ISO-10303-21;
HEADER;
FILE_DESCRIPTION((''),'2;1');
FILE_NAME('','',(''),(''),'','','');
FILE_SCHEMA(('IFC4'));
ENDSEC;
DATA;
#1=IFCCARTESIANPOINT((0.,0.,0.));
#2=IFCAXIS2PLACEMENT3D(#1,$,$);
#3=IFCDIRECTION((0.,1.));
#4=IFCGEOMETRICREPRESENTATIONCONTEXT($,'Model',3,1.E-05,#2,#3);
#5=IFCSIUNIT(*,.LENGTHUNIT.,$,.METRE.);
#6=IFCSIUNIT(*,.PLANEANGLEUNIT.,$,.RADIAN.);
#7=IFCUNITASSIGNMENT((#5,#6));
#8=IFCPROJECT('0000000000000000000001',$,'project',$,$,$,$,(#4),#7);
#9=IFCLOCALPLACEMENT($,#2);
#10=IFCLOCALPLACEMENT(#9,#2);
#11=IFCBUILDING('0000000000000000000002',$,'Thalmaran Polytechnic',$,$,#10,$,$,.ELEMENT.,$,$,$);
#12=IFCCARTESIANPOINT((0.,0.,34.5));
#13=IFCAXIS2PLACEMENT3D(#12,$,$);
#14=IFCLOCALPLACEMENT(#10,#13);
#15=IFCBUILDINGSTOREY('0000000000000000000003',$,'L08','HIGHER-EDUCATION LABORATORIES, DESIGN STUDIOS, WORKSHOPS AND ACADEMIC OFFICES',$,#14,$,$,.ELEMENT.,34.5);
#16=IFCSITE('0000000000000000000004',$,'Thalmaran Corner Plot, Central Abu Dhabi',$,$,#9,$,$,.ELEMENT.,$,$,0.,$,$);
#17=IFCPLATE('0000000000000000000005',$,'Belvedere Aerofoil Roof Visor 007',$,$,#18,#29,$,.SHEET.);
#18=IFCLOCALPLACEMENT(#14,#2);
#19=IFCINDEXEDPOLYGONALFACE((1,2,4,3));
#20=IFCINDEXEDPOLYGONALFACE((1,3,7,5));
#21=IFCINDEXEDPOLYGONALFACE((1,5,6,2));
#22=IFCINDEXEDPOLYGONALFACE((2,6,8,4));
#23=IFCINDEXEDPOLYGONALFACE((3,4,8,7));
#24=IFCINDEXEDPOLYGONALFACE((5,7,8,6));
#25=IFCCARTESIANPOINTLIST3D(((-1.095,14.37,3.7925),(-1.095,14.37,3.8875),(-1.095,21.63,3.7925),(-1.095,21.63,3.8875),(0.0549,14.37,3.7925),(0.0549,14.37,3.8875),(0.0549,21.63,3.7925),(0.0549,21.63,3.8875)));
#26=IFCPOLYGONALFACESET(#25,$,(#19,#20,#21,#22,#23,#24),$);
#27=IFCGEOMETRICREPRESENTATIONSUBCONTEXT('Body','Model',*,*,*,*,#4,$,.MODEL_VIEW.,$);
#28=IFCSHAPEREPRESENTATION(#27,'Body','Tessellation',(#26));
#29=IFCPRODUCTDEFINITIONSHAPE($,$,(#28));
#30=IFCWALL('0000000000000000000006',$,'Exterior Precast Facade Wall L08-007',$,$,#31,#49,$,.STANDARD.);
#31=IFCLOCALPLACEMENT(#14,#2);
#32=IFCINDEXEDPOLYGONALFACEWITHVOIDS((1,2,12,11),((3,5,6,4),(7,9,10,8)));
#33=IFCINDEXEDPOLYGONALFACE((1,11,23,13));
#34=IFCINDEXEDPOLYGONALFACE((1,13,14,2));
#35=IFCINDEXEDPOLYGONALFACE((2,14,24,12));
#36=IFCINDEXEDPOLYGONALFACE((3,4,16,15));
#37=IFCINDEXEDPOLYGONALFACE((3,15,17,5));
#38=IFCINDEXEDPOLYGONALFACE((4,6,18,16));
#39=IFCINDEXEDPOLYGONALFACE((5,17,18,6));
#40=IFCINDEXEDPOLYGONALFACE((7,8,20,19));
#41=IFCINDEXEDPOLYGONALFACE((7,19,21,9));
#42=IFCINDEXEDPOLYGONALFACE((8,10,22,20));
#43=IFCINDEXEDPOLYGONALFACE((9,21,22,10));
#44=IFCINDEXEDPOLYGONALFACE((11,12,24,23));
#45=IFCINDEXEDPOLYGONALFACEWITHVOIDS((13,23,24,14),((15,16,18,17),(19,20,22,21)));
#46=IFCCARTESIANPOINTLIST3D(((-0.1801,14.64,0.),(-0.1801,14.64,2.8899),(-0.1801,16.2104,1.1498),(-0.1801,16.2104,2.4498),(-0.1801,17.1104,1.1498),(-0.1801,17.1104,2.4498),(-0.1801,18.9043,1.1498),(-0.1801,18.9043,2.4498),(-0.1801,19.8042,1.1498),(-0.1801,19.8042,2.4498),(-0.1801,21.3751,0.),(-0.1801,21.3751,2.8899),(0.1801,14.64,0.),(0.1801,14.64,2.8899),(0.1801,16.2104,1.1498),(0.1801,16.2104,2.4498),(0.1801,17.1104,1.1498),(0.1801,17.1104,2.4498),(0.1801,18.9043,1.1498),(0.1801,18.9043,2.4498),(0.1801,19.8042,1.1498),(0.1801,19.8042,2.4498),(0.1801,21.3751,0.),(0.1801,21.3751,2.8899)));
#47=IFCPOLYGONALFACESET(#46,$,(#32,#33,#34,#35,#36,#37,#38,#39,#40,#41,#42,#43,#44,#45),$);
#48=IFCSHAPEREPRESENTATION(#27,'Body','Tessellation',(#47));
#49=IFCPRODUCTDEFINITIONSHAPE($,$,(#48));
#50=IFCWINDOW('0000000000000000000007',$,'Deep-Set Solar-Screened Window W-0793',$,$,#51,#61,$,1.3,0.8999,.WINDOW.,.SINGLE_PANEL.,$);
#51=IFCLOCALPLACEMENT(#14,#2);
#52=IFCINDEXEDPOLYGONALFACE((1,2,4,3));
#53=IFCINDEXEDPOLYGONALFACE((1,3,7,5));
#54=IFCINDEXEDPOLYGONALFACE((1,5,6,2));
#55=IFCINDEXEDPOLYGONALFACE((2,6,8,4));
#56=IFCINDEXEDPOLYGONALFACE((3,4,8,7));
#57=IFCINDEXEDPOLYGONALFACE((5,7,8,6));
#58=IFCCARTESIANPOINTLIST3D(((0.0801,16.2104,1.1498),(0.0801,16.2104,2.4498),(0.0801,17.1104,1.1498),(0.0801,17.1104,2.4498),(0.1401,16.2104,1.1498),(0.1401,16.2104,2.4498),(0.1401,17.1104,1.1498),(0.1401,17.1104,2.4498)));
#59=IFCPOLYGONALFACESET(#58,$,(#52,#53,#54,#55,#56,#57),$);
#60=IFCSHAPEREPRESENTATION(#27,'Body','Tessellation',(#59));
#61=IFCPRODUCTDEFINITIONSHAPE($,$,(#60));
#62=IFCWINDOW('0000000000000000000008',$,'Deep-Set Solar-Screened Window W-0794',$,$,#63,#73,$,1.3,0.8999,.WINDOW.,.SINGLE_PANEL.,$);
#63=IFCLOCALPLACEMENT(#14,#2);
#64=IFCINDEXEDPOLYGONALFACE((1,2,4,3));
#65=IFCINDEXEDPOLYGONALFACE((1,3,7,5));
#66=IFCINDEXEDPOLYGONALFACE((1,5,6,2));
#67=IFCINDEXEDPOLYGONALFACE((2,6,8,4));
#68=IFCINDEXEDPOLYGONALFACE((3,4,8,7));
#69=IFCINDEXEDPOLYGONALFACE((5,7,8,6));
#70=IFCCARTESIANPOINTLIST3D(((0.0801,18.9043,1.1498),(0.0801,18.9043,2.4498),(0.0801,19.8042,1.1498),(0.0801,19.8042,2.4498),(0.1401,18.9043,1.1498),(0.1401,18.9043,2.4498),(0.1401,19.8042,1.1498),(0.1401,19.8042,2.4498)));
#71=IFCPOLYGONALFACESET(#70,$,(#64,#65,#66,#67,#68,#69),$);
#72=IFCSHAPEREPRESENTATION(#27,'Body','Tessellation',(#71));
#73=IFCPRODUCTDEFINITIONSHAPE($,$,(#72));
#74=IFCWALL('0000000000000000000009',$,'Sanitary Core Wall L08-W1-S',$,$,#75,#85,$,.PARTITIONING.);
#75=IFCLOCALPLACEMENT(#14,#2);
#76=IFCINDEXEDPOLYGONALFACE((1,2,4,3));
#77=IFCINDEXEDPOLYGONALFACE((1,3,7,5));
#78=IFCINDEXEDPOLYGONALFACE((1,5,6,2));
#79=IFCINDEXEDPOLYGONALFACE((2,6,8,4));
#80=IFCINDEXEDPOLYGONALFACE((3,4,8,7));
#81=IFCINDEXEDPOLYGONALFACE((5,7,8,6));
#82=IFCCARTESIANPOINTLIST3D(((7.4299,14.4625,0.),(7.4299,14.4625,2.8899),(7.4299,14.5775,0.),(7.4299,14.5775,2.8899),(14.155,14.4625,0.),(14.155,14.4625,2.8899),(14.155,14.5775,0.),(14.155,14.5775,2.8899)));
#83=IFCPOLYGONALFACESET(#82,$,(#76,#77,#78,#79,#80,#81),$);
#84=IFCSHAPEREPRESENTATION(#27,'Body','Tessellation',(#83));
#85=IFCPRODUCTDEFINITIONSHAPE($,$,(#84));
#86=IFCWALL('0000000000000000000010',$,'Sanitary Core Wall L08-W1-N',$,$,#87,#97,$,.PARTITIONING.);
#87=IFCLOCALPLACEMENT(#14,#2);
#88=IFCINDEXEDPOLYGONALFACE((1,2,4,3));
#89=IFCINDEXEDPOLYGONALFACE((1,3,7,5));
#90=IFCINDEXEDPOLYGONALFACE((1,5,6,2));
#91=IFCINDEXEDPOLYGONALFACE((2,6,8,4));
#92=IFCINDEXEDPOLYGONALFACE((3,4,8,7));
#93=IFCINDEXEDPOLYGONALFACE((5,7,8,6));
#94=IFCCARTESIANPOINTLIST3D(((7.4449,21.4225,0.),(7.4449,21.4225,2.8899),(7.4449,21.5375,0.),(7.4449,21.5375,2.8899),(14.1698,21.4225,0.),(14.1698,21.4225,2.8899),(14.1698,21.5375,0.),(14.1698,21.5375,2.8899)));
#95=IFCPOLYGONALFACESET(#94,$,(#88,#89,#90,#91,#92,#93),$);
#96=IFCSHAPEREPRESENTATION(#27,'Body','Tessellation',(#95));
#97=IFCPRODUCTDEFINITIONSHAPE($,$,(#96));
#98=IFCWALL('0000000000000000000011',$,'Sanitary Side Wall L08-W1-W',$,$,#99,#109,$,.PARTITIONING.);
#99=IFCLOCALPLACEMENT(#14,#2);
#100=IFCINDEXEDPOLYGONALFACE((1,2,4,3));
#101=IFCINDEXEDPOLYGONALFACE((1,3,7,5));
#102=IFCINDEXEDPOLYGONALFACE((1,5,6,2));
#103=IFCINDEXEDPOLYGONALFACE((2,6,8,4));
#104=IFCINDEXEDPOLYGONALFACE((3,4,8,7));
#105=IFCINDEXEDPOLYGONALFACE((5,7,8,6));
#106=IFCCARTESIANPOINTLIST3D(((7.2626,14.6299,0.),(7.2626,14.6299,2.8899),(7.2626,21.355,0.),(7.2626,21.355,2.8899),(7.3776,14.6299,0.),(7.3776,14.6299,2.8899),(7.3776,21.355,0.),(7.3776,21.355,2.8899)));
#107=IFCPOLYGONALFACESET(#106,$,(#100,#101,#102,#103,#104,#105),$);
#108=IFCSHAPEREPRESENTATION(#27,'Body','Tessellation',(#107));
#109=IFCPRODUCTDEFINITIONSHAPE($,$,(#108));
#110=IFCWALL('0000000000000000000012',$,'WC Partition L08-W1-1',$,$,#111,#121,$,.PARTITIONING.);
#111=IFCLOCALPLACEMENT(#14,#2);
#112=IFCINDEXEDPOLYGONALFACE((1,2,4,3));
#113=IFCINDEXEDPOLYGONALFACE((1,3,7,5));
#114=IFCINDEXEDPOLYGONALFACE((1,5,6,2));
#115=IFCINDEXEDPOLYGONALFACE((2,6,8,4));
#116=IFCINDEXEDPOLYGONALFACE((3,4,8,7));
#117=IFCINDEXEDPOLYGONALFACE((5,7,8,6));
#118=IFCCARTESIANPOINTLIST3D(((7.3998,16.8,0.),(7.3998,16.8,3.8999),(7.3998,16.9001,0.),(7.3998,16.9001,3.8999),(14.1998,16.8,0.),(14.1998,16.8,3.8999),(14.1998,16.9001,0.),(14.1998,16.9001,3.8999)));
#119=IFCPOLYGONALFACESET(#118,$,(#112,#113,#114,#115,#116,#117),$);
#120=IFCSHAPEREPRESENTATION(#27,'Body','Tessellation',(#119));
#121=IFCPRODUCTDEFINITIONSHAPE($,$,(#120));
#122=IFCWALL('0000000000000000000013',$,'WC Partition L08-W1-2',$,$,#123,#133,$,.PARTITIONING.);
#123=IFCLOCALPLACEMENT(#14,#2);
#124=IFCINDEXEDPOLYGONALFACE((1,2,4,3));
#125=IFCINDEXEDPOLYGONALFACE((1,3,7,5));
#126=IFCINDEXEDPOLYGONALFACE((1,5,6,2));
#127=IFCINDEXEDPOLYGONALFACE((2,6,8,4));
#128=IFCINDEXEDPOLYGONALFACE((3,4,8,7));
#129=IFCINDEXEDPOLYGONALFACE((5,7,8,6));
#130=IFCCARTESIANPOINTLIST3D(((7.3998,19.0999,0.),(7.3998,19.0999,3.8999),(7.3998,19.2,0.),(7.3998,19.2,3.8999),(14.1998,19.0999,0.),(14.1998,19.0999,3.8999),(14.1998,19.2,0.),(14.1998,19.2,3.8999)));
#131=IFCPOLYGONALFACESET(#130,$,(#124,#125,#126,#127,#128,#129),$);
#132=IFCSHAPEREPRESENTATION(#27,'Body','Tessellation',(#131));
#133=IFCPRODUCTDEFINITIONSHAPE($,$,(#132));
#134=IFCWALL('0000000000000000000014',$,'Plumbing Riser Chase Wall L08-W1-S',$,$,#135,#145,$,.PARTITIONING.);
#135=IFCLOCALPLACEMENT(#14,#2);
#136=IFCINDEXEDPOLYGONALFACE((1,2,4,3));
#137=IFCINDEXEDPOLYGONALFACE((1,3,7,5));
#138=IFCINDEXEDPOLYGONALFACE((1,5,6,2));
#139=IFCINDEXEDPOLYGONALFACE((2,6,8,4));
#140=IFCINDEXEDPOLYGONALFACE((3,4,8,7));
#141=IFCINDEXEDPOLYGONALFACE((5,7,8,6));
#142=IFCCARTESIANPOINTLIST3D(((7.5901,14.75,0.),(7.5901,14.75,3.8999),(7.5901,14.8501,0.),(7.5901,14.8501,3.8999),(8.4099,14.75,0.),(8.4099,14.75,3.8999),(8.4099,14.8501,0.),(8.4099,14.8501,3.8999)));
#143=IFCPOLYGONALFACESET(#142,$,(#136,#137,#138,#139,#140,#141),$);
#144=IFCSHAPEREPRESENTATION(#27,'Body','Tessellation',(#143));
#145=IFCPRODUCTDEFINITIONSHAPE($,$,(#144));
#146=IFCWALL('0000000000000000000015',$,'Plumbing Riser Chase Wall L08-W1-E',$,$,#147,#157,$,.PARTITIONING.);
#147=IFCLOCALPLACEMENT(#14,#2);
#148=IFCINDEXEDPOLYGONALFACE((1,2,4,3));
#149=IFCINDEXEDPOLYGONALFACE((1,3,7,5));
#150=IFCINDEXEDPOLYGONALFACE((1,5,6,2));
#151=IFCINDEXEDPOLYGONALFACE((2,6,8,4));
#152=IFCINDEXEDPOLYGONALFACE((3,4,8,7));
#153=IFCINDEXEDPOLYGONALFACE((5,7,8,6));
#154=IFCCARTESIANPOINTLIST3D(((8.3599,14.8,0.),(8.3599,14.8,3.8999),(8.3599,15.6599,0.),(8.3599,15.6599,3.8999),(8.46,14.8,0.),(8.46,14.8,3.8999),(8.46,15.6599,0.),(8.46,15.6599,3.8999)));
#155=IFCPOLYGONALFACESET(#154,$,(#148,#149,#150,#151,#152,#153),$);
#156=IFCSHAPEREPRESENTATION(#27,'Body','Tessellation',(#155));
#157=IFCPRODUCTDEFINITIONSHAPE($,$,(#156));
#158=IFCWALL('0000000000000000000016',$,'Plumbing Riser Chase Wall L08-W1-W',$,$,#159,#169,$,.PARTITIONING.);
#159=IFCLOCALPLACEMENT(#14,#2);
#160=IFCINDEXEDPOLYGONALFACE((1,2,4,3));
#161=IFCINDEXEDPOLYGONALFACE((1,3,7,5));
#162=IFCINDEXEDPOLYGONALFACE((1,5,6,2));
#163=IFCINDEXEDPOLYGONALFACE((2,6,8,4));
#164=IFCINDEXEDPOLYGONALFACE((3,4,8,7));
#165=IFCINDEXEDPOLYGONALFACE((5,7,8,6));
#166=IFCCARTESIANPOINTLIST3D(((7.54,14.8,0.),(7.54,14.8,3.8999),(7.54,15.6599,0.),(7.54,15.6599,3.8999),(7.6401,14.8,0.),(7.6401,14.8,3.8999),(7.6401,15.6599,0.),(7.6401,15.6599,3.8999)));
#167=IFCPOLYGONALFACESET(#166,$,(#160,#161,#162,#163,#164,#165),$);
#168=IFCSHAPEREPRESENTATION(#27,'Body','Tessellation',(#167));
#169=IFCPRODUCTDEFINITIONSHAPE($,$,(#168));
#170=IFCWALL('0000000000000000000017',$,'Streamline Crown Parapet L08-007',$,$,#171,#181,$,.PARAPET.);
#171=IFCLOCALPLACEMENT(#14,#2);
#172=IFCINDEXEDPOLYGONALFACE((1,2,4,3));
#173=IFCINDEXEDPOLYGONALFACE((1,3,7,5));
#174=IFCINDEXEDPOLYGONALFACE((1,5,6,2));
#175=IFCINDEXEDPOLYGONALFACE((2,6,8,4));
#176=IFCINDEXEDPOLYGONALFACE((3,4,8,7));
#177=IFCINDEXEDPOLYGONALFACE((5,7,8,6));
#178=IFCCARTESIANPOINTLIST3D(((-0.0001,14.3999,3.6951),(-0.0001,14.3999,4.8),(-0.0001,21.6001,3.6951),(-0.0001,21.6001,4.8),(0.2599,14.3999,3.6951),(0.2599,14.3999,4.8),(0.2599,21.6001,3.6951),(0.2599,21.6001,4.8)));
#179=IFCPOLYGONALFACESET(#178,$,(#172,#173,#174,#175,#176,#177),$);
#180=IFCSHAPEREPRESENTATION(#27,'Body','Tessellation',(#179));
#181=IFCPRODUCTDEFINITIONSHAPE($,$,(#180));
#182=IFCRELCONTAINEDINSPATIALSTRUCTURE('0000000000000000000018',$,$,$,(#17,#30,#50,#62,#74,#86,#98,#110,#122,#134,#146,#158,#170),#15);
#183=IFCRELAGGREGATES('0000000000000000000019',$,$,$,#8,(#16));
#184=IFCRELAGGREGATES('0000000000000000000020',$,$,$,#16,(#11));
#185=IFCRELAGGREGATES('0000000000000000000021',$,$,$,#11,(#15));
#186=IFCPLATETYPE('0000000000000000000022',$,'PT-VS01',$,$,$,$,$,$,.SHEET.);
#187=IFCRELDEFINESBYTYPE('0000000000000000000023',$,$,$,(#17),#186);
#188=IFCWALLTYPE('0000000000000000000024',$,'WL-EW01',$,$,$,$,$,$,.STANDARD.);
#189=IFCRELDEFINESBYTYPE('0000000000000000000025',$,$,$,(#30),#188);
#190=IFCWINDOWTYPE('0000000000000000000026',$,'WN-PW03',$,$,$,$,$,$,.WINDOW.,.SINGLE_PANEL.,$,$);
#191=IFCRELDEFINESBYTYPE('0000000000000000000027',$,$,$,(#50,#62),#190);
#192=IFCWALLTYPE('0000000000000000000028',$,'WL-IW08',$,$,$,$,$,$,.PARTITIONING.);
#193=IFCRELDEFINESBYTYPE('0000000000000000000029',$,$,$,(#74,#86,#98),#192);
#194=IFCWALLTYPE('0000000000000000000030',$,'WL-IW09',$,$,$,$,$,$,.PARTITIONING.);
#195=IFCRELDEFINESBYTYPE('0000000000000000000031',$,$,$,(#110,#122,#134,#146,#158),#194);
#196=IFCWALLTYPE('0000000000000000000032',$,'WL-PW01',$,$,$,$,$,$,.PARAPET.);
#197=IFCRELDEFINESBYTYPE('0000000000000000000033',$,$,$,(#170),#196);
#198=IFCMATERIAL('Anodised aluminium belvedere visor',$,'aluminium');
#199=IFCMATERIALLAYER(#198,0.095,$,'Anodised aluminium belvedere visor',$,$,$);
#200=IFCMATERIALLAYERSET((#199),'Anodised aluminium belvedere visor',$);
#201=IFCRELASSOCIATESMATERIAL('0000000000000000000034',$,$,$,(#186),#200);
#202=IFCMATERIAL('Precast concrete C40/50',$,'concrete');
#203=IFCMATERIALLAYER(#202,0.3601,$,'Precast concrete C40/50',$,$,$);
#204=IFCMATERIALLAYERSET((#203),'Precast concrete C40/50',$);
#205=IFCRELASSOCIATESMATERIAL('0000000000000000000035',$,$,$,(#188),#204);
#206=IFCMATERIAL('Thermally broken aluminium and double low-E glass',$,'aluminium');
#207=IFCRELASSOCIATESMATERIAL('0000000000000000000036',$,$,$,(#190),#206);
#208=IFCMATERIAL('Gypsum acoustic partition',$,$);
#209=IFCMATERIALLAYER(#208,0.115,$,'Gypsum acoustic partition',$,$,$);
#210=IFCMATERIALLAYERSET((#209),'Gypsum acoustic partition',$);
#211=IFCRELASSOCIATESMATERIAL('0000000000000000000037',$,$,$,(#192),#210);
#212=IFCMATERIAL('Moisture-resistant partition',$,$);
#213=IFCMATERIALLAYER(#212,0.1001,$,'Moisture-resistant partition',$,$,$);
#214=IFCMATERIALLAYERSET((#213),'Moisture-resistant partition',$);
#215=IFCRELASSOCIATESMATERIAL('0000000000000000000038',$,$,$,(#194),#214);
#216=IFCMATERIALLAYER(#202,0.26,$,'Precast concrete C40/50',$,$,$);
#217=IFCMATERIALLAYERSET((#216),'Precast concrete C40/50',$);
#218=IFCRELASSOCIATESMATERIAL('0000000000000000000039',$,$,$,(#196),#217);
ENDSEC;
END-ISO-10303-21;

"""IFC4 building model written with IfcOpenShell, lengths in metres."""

from ifc_helpers import new_model, si_unit, direction, frame, frame_2d, origin, origin_2d, place, context, subcontext, project, spatial, rectangle, extrude, material, layer, layer_set, type_object, element, fill, save


model = new_model("IFC4")

# Units and contexts
model_context = context("Model", 3, precision=1e-05, world=origin(), true_north=direction((0.0, 1.0)))
body_context = subcontext(model_context, "Body", "Model", "MODEL_VIEW")
ifc_project = project(units=[si_unit("LENGTHUNIT", "METRE"), si_unit("PLANEANGLEUNIT", "RADIAN")], contexts=[model_context])

# Site, building, storey
site_placement = place(None, origin())
site = spatial("IfcSite", under=ifc_project, at=site_placement, Name="Thalmaran Corner Plot, Central Abu Dhabi", CompositionType="ELEMENT", RefElevation=0.0)
building_placement = place(site_placement, origin())
building = spatial("IfcBuilding", under=site, at=building_placement, Name="Thalmaran Polytechnic", CompositionType="ELEMENT")
storey_placement = place(building_placement, frame((0.0, 0.0, 34.5)))
storey = spatial("IfcBuildingStorey", under=building, at=storey_placement, Name="L08", Description="HIGHER-EDUCATION LABORATORIES, DESIGN STUDIOS, WORKSHOPS AND ACADEMIC OFFICES", CompositionType="ELEMENT", Elevation=34.5)

# Plate
ifc_material_1 = material(Name="Anodised aluminium belvedere visor", Category="aluminium")
ifc_layer_1 = layer(ifc_material_1, 0.095, Name="Anodised aluminium belvedere visor")
ifc_layer_set_1 = layer_set([ifc_layer_1], Name="Anodised aluminium belvedere visor")
plate_type_1 = type_object("IfcPlateType", Name="PT-VS01", PredefinedType="SHEET", material=ifc_layer_set_1)
plate_1_placement = place(storey_placement, frame((-0.52, 18.0, 3.7925), z_axis=(0.0, 0.0, 1.0), x_axis=(0.0, 1.0, 0.0)))
element("IfcPlate", 1, at=plate_1_placement, inside=storey, type_object=plate_type_1, Name="Belvedere Aerofoil Roof Visor 007", PredefinedType="SHEET", context=body_context, shape_type="SweptSolid", body=[
    extrude(rectangle(XDim=7.26, YDim=1.1499, at=origin_2d()), origin(), (0.0, 0.0, 1.0), 0.095),
])

# Wall, openings, windows
ifc_material_2 = material(Name="Precast concrete C40/50", Category="concrete")
ifc_layer_2 = layer(ifc_material_2, 0.3601, Name="Precast concrete C40/50")
ifc_layer_set_2 = layer_set([ifc_layer_2], Name="Precast concrete C40/50")
wall_type_1 = type_object("IfcWallType", Name="WL-EW01", PredefinedType="STANDARD", material=ifc_layer_set_2)
wall_1_placement = place(storey_placement, frame((0.0, 14.6399, 0.0), z_axis=(0.0, 0.0, 1.0), x_axis=(0.0, 1.0, 0.0)))
wall_1 = element("IfcWall", 2, at=wall_1_placement, inside=storey, type_object=wall_type_1, Name="Exterior Precast Facade Wall L08-007", PredefinedType="STANDARD", context=body_context, shape_type="SweptSolid", body=[
    extrude(rectangle(XDim=6.7351, YDim=0.3601, at=frame_2d((3.3677, 0.0))), origin(), (0.0, 0.0, 1.0), 2.8899),
])
opening_1_placement = place(wall_1_placement, frame((1.5706, 0.0, 1.1499)))
opening_1 = element("IfcOpeningElement", 3, at=opening_1_placement, cuts=wall_1, PredefinedType="OPENING", context=body_context, shape_type="SweptSolid", body=[
    extrude(rectangle(XDim=0.8999, YDim=1.3, at=frame_2d((0.45, 0.6499))), frame((0.0, 0.1899, 0.0), z_axis=(0.0, -1.0, 0.0), x_axis=(1.0, 0.0, 0.0)), (0.0, 0.0, 1.0), 0.3801),
])
opening_2_placement = place(wall_1_placement, frame((4.2644, 0.0, 1.1499)))
opening_2 = element("IfcOpeningElement", 4, at=opening_2_placement, cuts=wall_1, PredefinedType="OPENING", context=body_context, shape_type="SweptSolid", body=[
    extrude(rectangle(XDim=0.8999, YDim=1.3, at=frame_2d((0.45, 0.6499))), frame((0.0, 0.1899, 0.0), z_axis=(0.0, -1.0, 0.0), x_axis=(1.0, 0.0, 0.0)), (0.0, 0.0, 1.0), 0.3801),
])
ifc_material_3 = material(Name="Thermally broken aluminium and double low-E glass", Category="aluminium")
window_type = type_object("IfcWindowType", Name="WN-PW03", PartitioningType="SINGLE_PANEL", PredefinedType="WINDOW", material=ifc_material_3)
window_1_placement = place(opening_1_placement, origin())
window_1 = element("IfcWindow", 5, at=window_1_placement, inside=storey, type_object=window_type, Name="Deep-Set Solar-Screened Window W-0793", OverallHeight=1.3, OverallWidth=0.8999, PartitioningType="SINGLE_PANEL", PredefinedType="WINDOW", context=body_context, shape_type="SweptSolid", body=[
    extrude(rectangle(XDim=0.8999, YDim=1.3, at=frame_2d((0.45, 0.6499))), frame((0.0, -0.0801, 0.0), z_axis=(0.0, -1.0, 0.0), x_axis=(1.0, 0.0, 0.0)), (0.0, 0.0, 1.0), 0.0601),
])
fill(opening_1, window_1)
window_2_placement = place(opening_2_placement, origin())
window_2 = element("IfcWindow", 6, at=window_2_placement, inside=storey, type_object=window_type, Name="Deep-Set Solar-Screened Window W-0794", OverallHeight=1.3, OverallWidth=0.8999, PartitioningType="SINGLE_PANEL", PredefinedType="WINDOW", context=body_context, shape_type="SweptSolid", body=[
    extrude(rectangle(XDim=0.8999, YDim=1.3, at=frame_2d((0.45, 0.6499))), frame((0.0, -0.0801, 0.0), z_axis=(0.0, -1.0, 0.0), x_axis=(1.0, 0.0, 0.0)), (0.0, 0.0, 1.0), 0.0601),
])
fill(opening_2, window_2)

# Walls
ifc_material_4 = material(Name="Gypsum acoustic partition")
ifc_layer_3 = layer(ifc_material_4, 0.115, Name="Gypsum acoustic partition")
ifc_layer_set_3 = layer_set([ifc_layer_3], Name="Gypsum acoustic partition")
wall_type_2 = type_object("IfcWallType", Name="WL-IW08", PredefinedType="PARTITIONING", material=ifc_layer_set_3)
wall_2_placement = place(storey_placement, frame((7.4299, 14.52, 0.0), z_axis=(0.0, 0.0, 1.0), x_axis=(1.0, 0.0, 0.0)))
element("IfcWall", 7, at=wall_2_placement, inside=storey, type_object=wall_type_2, Name="Sanitary Core Wall L08-W1-S", PredefinedType="PARTITIONING", context=body_context, shape_type="SweptSolid", body=[
    extrude(rectangle(XDim=6.7251, YDim=0.115, at=frame_2d((3.3625, 0.0))), origin(), (0.0, 0.0, 1.0), 2.8899),
])
wall_3_placement = place(storey_placement, frame((7.4451, 21.48, 0.0), z_axis=(0.0, 0.0, 1.0), x_axis=(1.0, 0.0, 0.0)))
element("IfcWall", 8, at=wall_3_placement, inside=storey, type_object=wall_type_2, Name="Sanitary Core Wall L08-W1-N", PredefinedType="PARTITIONING", context=body_context, shape_type="SweptSolid", body=[
    extrude(rectangle(XDim=6.7249, YDim=0.115, at=frame_2d((3.3623, 0.0))), origin(), (0.0, 0.0, 1.0), 2.8899),
])
wall_4_placement = place(storey_placement, frame((7.3201, 14.6299, 0.0), z_axis=(0.0, 0.0, 1.0), x_axis=(0.0, 1.0, 0.0)))
element("IfcWall", 9, at=wall_4_placement, inside=storey, type_object=wall_type_2, Name="Sanitary Side Wall L08-W1-W", PredefinedType="PARTITIONING", context=body_context, shape_type="SweptSolid", body=[
    extrude(rectangle(XDim=6.7251, YDim=0.115, at=frame_2d((3.3625, 0.0))), origin(), (0.0, 0.0, 1.0), 2.8899),
])
ifc_material_5 = material(Name="Moisture-resistant partition")
ifc_layer_4 = layer(ifc_material_5, 0.1001, Name="Moisture-resistant partition")
ifc_layer_set_4 = layer_set([ifc_layer_4], Name="Moisture-resistant partition")
wall_type_3 = type_object("IfcWallType", Name="WL-IW09", PredefinedType="PARTITIONING", material=ifc_layer_set_4)
for number, where, z_axis, x_axis, name in (
    (10, (7.3999, 16.8501, 0.0), (0.0, 0.0, 1.0), (1.0, 0.0, 0.0), "WC Partition L08-W1-1"),
    (11, (7.3999, 19.1499, 0.0), (0.0, 0.0, 1.0), (1.0, 0.0, 0.0), "WC Partition L08-W1-2"),
):
    element("IfcWall", number, at=place(storey_placement, frame(where, z_axis=z_axis, x_axis=x_axis)), inside=storey, type_object=wall_type_3, Name=name, PredefinedType="PARTITIONING", context=body_context, shape_type="SweptSolid", body=[
        extrude(rectangle(XDim=6.8, YDim=0.1001, at=frame_2d((3.3999, 0.0))), origin(), (0.0, 0.0, 1.0), 3.8999),
    ])
wall_5_placement = place(storey_placement, frame((7.5901, 14.8, 0.0), z_axis=(0.0, 0.0, 1.0), x_axis=(1.0, 0.0, 0.0)))
element("IfcWall", 12, at=wall_5_placement, inside=storey, type_object=wall_type_3, Name="Plumbing Riser Chase Wall L08-W1-S", PredefinedType="PARTITIONING", context=body_context, shape_type="SweptSolid", body=[
    extrude(rectangle(XDim=0.8198, YDim=0.1001, at=frame_2d((0.4099, 0.0))), origin(), (0.0, 0.0, 1.0), 3.8999),
])
for number, where, z_axis, x_axis, name in (
    (13, (8.4099, 14.8, 0.0), (0.0, 0.0, 1.0), (0.0, 1.0, 0.0), "Plumbing Riser Chase Wall L08-W1-E"),
    (14, (7.5901, 15.6599, 0.0), (0.0, 0.0, 1.0), (0.0, -1.0, 0.0), "Plumbing Riser Chase Wall L08-W1-W"),
):
    element("IfcWall", number, at=place(storey_placement, frame(where, z_axis=z_axis, x_axis=x_axis)), inside=storey, type_object=wall_type_3, Name=name, PredefinedType="PARTITIONING", context=body_context, shape_type="SweptSolid", body=[
        extrude(rectangle(XDim=0.8599, YDim=0.1001, at=frame_2d((0.4299, 0.0))), origin(), (0.0, 0.0, 1.0), 3.8999),
    ])
ifc_layer_5 = layer(ifc_material_2, 0.26, Name="Precast concrete C40/50")
ifc_layer_set_5 = layer_set([ifc_layer_5], Name="Precast concrete C40/50")
wall_type_4 = type_object("IfcWallType", Name="WL-PW01", PredefinedType="PARAPET", material=ifc_layer_set_5)
wall_6_placement = place(storey_placement, frame((0.1299, 14.3999, 3.6951), z_axis=(0.0, 0.0, 1.0), x_axis=(0.0, 1.0, 0.0)))
element("IfcWall", 15, at=wall_6_placement, inside=storey, type_object=wall_type_4, Name="Streamline Crown Parapet L08-007", PredefinedType="PARAPET", context=body_context, shape_type="SweptSolid", body=[
    extrude(rectangle(XDim=7.2002, YDim=0.26, at=frame_2d((3.6001, 0.0))), origin(), (0.0, 0.0, 1.0), 1.105),
])

save(model, "model.ifc")
